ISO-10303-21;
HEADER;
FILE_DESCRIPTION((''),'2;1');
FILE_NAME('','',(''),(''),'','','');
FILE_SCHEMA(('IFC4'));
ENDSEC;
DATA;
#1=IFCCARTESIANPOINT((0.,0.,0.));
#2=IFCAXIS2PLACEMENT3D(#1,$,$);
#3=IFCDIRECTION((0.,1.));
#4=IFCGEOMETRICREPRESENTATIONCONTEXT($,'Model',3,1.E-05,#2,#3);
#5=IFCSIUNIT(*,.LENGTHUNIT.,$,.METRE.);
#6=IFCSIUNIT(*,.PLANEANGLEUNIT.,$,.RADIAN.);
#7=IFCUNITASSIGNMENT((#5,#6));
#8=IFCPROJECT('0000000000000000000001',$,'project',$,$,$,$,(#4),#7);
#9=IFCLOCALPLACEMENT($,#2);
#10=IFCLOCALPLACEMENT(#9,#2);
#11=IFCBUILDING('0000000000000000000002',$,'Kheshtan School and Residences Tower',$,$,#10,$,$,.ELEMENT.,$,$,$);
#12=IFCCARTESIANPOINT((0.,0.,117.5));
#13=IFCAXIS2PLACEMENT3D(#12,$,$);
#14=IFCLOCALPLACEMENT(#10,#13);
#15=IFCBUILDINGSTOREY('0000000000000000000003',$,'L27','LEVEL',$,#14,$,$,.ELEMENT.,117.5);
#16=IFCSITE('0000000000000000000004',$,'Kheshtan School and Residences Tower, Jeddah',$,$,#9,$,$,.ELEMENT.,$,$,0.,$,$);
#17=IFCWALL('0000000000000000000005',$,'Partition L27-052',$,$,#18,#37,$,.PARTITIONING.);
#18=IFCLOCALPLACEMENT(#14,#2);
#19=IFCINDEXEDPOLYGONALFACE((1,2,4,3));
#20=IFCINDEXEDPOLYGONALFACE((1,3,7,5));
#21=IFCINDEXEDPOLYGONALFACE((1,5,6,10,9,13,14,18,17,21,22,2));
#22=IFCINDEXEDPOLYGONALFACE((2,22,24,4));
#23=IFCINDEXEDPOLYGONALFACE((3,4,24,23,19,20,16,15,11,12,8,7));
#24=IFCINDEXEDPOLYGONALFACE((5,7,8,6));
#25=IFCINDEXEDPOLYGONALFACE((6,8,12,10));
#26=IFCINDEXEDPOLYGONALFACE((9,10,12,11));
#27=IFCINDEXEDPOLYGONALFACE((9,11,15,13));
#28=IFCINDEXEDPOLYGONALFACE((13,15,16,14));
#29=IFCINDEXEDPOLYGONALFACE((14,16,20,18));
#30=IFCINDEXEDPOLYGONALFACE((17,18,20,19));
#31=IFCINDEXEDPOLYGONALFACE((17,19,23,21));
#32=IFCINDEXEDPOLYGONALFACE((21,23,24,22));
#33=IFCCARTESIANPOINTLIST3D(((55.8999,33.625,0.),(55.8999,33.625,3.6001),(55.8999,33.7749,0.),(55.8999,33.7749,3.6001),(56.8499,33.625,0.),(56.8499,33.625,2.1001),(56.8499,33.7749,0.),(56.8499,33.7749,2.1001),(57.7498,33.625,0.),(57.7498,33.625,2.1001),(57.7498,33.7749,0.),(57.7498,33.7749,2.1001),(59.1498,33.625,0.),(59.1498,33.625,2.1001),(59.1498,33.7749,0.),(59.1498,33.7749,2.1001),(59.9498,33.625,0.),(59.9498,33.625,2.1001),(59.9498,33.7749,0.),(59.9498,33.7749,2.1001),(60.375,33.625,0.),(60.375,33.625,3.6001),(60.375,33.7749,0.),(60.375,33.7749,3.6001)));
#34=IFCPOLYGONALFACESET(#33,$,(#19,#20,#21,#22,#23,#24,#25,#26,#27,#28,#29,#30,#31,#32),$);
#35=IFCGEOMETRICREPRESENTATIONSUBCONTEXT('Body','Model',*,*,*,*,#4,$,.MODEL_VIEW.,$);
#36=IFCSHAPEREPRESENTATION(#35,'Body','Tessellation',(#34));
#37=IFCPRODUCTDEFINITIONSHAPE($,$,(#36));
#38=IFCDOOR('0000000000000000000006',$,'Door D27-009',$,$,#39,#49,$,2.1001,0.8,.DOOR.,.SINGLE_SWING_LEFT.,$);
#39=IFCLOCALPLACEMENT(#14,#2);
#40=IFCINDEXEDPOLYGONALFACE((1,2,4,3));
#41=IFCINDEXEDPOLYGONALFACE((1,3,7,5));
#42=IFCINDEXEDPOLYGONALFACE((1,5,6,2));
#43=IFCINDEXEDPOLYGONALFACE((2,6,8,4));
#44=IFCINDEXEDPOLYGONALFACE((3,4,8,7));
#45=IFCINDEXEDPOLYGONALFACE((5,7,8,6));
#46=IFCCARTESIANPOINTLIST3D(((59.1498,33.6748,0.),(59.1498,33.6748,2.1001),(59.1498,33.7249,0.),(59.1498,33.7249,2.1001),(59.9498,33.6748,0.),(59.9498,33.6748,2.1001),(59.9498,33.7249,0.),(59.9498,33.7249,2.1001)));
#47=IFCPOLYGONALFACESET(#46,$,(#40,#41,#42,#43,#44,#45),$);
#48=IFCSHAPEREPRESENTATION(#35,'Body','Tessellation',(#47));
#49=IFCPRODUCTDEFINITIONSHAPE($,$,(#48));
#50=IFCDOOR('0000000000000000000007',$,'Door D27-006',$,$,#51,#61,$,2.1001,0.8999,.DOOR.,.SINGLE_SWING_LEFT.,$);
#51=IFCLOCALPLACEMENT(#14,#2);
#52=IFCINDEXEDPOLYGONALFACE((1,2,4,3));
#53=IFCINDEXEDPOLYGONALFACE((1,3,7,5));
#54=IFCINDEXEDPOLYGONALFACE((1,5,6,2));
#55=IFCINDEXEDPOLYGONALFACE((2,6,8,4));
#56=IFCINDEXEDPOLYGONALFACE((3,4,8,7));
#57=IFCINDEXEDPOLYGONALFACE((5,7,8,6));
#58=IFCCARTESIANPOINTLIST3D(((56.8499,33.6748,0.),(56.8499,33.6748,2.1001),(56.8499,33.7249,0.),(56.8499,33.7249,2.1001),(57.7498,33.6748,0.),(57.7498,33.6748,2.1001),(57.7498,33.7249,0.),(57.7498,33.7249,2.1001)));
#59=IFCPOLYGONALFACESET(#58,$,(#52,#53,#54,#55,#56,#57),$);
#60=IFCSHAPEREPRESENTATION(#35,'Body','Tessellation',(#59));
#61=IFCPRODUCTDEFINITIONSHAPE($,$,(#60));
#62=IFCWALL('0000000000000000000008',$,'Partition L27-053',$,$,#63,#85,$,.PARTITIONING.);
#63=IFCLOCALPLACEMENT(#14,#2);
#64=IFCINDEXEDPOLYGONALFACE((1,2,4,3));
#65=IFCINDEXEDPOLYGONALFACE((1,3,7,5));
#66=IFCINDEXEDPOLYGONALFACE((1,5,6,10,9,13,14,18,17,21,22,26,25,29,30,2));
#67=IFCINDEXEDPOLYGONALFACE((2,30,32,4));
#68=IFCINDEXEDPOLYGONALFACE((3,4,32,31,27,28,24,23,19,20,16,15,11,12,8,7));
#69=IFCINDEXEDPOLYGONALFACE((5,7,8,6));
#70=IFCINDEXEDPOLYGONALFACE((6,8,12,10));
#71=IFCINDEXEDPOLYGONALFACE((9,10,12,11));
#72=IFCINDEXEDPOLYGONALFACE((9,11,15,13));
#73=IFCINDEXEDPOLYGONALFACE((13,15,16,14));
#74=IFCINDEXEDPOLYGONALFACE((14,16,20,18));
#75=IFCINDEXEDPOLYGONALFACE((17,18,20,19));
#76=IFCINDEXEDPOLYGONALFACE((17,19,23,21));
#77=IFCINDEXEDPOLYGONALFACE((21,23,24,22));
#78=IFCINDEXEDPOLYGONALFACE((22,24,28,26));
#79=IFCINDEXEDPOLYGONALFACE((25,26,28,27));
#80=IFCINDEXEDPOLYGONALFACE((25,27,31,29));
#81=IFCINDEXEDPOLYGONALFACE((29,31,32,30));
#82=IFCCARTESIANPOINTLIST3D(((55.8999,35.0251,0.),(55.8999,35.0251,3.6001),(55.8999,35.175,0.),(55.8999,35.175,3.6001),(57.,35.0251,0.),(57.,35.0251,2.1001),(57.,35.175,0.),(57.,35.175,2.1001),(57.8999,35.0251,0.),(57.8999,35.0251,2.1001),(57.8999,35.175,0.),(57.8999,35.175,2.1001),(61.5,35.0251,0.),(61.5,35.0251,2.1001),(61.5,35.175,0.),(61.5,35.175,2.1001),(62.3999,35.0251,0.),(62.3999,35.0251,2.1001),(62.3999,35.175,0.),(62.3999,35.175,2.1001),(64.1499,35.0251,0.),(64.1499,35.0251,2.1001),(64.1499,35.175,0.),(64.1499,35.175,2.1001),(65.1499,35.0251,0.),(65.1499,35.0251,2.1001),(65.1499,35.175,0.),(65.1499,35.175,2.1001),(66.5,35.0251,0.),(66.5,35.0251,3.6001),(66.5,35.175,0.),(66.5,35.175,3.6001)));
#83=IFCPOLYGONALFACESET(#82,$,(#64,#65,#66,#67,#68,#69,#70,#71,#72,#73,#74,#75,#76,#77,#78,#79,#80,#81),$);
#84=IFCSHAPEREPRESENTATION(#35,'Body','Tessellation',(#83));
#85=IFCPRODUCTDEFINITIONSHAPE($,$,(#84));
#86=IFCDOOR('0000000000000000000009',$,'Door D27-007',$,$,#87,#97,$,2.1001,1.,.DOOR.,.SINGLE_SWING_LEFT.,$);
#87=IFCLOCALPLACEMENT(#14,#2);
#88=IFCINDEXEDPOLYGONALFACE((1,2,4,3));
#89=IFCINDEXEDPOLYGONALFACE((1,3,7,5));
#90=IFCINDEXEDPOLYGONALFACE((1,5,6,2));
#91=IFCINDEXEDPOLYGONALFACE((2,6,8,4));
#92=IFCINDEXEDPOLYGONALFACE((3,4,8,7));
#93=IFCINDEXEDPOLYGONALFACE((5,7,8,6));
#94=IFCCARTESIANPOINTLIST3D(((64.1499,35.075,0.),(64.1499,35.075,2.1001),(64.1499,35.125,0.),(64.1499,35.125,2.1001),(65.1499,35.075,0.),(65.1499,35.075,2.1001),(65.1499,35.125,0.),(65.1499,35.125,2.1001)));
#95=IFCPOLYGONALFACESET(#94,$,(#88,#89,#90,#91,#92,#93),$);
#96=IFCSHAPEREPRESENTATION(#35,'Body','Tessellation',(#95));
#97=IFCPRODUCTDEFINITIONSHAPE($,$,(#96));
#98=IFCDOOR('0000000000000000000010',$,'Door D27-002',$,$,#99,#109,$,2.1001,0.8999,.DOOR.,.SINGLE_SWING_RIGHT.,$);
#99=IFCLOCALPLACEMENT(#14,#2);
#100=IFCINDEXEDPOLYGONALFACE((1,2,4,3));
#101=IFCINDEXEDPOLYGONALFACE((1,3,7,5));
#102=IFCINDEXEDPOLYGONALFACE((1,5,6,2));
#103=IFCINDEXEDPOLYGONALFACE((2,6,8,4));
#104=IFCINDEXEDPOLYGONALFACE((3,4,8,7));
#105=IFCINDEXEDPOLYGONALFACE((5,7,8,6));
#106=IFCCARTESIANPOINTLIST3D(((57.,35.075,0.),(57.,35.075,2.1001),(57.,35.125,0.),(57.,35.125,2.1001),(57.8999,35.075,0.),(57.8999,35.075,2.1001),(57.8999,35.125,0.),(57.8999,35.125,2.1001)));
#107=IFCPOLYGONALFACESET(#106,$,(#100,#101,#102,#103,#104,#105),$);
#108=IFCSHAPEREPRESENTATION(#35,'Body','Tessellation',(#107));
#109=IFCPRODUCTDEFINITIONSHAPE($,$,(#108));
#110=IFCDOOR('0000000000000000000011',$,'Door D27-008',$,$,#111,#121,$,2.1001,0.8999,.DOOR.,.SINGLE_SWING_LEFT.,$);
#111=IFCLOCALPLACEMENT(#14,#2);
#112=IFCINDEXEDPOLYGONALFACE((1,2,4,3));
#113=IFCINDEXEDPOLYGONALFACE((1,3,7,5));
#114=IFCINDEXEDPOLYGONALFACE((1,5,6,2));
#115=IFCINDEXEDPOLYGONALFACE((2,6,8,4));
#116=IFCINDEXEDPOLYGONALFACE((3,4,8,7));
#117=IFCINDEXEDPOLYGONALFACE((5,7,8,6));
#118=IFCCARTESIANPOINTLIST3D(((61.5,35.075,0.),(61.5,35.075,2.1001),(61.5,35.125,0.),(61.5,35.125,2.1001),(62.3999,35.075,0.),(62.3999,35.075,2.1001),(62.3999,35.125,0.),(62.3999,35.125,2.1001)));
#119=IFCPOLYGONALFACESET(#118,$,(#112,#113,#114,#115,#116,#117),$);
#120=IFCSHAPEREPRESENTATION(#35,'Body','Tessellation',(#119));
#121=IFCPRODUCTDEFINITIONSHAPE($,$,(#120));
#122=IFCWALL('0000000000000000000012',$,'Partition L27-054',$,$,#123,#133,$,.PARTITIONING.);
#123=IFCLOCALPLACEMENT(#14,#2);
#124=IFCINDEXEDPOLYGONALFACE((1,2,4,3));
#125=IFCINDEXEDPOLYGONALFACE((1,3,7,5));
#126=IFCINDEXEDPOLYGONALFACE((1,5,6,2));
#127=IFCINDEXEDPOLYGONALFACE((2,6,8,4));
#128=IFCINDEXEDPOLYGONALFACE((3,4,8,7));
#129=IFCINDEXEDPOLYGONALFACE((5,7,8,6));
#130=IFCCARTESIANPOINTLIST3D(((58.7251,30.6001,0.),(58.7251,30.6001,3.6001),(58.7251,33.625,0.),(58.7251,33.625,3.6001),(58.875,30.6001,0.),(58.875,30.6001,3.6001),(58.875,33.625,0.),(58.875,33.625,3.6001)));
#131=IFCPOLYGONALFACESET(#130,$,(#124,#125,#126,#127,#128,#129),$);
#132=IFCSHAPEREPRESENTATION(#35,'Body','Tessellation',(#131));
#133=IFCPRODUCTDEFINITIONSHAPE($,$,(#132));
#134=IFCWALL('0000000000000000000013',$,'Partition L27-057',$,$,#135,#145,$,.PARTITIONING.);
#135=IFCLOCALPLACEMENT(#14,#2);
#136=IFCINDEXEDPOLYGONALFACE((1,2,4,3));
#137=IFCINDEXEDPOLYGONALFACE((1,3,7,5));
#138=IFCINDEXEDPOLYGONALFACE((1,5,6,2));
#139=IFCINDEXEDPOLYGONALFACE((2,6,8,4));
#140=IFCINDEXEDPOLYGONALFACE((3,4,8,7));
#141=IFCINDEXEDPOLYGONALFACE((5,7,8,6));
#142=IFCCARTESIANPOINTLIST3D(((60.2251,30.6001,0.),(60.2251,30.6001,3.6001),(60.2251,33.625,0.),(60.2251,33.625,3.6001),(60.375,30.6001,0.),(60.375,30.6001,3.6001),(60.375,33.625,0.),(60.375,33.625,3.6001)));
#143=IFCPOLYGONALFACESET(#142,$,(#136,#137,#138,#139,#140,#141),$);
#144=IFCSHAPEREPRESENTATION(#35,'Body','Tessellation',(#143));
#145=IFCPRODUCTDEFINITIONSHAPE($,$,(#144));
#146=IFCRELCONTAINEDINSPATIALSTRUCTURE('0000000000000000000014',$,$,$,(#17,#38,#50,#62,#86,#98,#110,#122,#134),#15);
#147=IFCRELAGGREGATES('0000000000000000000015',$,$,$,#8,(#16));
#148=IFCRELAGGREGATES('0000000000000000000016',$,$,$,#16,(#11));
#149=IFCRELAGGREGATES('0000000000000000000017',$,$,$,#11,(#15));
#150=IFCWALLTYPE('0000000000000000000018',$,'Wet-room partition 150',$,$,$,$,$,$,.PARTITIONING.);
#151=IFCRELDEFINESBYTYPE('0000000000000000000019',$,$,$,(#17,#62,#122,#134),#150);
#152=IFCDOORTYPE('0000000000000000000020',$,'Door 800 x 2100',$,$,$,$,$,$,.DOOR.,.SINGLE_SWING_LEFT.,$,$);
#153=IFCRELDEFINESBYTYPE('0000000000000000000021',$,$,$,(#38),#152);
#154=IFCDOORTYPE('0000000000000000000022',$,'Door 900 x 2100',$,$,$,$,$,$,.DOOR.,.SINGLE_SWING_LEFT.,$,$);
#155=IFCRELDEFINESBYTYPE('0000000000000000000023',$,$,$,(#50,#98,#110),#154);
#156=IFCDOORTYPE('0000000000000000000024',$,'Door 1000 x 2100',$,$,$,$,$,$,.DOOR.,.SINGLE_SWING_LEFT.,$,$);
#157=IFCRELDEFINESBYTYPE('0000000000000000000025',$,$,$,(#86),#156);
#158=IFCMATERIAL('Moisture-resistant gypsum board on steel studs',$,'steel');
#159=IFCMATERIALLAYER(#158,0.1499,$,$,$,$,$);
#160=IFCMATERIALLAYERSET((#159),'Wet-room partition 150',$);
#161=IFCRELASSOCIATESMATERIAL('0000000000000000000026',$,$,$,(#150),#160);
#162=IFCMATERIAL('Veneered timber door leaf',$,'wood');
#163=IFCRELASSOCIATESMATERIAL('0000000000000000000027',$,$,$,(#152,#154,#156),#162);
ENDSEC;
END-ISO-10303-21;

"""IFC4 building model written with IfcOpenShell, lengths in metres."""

from ifc_helpers import new_model, si_unit, direction, frame, frame_2d, origin, place, context, subcontext, project, spatial, rectangle, extrude, source, transform, mapped, material, layer, layer_set, type_object, element, fill, save


model = new_model("IFC4")

# Units and contexts
model_context = context("Model", 3, precision=1e-05, world=origin(), true_north=direction((0.0, 1.0)))
body_context = subcontext(model_context, "Body", "Model", "MODEL_VIEW")
ifc_project = project(units=[si_unit("LENGTHUNIT", "METRE"), si_unit("PLANEANGLEUNIT", "RADIAN")], contexts=[model_context])

# Site, building, storey
site_placement = place(None, origin())
site = spatial("IfcSite", under=ifc_project, at=site_placement, Name="Kheshtan School and Residences Tower, Jeddah", CompositionType="ELEMENT", RefElevation=0.0)
building_placement = place(site_placement, origin())
building = spatial("IfcBuilding", under=site, at=building_placement, Name="Kheshtan School and Residences Tower", CompositionType="ELEMENT")
storey_placement = place(building_placement, frame((0.0, 0.0, 117.5)))
storey = spatial("IfcBuildingStorey", under=building, at=storey_placement, Name="L27", Description="LEVEL", CompositionType="ELEMENT", Elevation=117.5)

# Walls, openings, doors
ifc_material_1 = material(Name="Moisture-resistant gypsum board on steel studs", Category="steel")
ifc_layer_1 = layer(ifc_material_1, 0.1499)
ifc_layer_set_1 = layer_set([ifc_layer_1], Name="Wet-room partition 150")
wall_type_1 = type_object("IfcWallType", Name="Wet-room partition 150", PredefinedType="PARTITIONING", material=ifc_layer_set_1)
wall_1_placement = place(storey_placement, frame((55.8999, 33.7, 0.0), z_axis=(0.0, 0.0, 1.0), x_axis=(1.0, 0.0, 0.0)))
wall_1 = element("IfcWall", 1, at=wall_1_placement, inside=storey, type_object=wall_type_1, Name="Partition L27-052", PredefinedType="PARTITIONING", context=body_context, shape_type="SweptSolid", body=[
    extrude(rectangle(XDim=4.4751, YDim=0.1499, at=frame_2d((2.2375, 0.0))), origin(), (0.0, 0.0, 1.0), 3.6001),
])
opening_1_placement = place(wall_1_placement, frame((0.95, 0.0, 0.0)))
opening_1 = element("IfcOpeningElement", 2, at=opening_1_placement, cuts=wall_1, PredefinedType="OPENING", context=body_context, shape_type="SweptSolid", body=[
    extrude(rectangle(XDim=0.8999, YDim=2.1001, at=frame_2d((0.45, 1.05))), frame((0.0, 0.085, 0.0), z_axis=(0.0, -1.0, 0.0), x_axis=(1.0, 0.0, 0.0)), (0.0, 0.0, 1.0), 0.1699),
])
opening_2_placement = place(wall_1_placement, frame((3.25, 0.0, 0.0)))
opening_2 = element("IfcOpeningElement", 3, at=opening_2_placement, cuts=wall_1, PredefinedType="OPENING", context=body_context, shape_type="SweptSolid", body=[
    extrude(rectangle(XDim=0.8, YDim=2.1001, at=frame_2d((0.3999, 1.05))), frame((0.0, 0.085, 0.0), z_axis=(0.0, -1.0, 0.0), x_axis=(1.0, 0.0, 0.0)), (0.0, 0.0, 1.0), 0.1699),
])
ifc_material_2 = material(Name="Veneered timber door leaf", Category="wood")
door_type_1 = type_object("IfcDoorType", Name="Door 800 x 2100", OperationType="SINGLE_SWING_LEFT", PredefinedType="DOOR", material=ifc_material_2)
shared_shape_1 = source(origin(), body_context, "Body", "SweptSolid", [
    extrude(rectangle(XDim=0.8, YDim=2.1001, at=frame_2d((0.3999, 1.05))), frame((0.0, 0.0249, 0.0), z_axis=(0.0, -1.0, 0.0), x_axis=(1.0, 0.0, 0.0)), (0.0, 0.0, 1.0), 0.05),
])
door_1_placement = place(opening_2_placement, origin())
door_1 = element("IfcDoor", 4, at=door_1_placement, inside=storey, type_object=door_type_1, Name="Door D27-009", OperationType="SINGLE_SWING_LEFT", OverallHeight=2.1001, OverallWidth=0.8, PredefinedType="DOOR", context=body_context, shape_type="MappedRepresentation", body=[
    mapped(shared_shape_1, transform((0.0, 0.0, 0.0), x_axis=(1.0, 0.0, 0.0), y_axis=(0.0, 1.0, 0.0), z_axis=(0.0, 0.0, 1.0), scale=1.0)),
])
fill(opening_2, door_1)
door_type_2 = type_object("IfcDoorType", Name="Door 900 x 2100", OperationType="SINGLE_SWING_LEFT", PredefinedType="DOOR", material=ifc_material_2)
shared_shape_2 = source(origin(), body_context, "Body", "SweptSolid", [
    extrude(rectangle(XDim=0.8999, YDim=2.1001, at=frame_2d((0.45, 1.05))), frame((0.0, 0.0249, 0.0), z_axis=(0.0, -1.0, 0.0), x_axis=(1.0, 0.0, 0.0)), (0.0, 0.0, 1.0), 0.05),
])
door_2_placement = place(opening_1_placement, origin())
door_2 = element("IfcDoor", 5, at=door_2_placement, inside=storey, type_object=door_type_2, Name="Door D27-006", OperationType="SINGLE_SWING_LEFT", OverallHeight=2.1001, OverallWidth=0.8999, PredefinedType="DOOR", context=body_context, shape_type="MappedRepresentation", body=[
    mapped(shared_shape_2, transform((0.0, 0.0, 0.0), x_axis=(1.0, 0.0, 0.0), y_axis=(0.0, 1.0, 0.0), z_axis=(0.0, 0.0, 1.0), scale=1.0)),
])
fill(opening_1, door_2)
wall_2_placement = place(storey_placement, frame((55.8999, 35.1001, 0.0), z_axis=(0.0, 0.0, 1.0), x_axis=(1.0, 0.0, 0.0)))
wall_2 = element("IfcWall", 6, at=wall_2_placement, inside=storey, type_object=wall_type_1, Name="Partition L27-053", PredefinedType="PARTITIONING", context=body_context, shape_type="SweptSolid", body=[
    extrude(rectangle(XDim=10.6001, YDim=0.1499, at=frame_2d((5.3, 0.0))), origin(), (0.0, 0.0, 1.0), 3.6001),
])
opening_3_placement = place(wall_2_placement, frame((1.1001, 0.0, 0.0)))
opening_3 = element("IfcOpeningElement", 7, at=opening_3_placement, cuts=wall_2, PredefinedType="OPENING", context=body_context, shape_type="SweptSolid", body=[
    extrude(rectangle(XDim=0.8999, YDim=2.1001, at=frame_2d((0.45, 1.05))), frame((0.0, 0.085, 0.0), z_axis=(0.0, -1.0, 0.0), x_axis=(1.0, 0.0, 0.0)), (0.0, 0.0, 1.0), 0.1699),
])
opening_4_placement = place(wall_2_placement, frame((8.25, 0.0, 0.0)))
opening_4 = element("IfcOpeningElement", 8, at=opening_4_placement, cuts=wall_2, PredefinedType="OPENING", context=body_context, shape_type="SweptSolid", body=[
    extrude(rectangle(XDim=1.0, YDim=2.1001, at=frame_2d((0.5, 1.05))), frame((0.0, 0.085, 0.0), z_axis=(0.0, -1.0, 0.0), x_axis=(1.0, 0.0, 0.0)), (0.0, 0.0, 1.0), 0.1699),
])
opening_5_placement = place(wall_2_placement, frame((5.6001, 0.0, 0.0)))
opening_5 = element("IfcOpeningElement", 9, at=opening_5_placement, cuts=wall_2, PredefinedType="OPENING", context=body_context, shape_type="SweptSolid", body=[
    extrude(rectangle(XDim=0.8999, YDim=2.1001, at=frame_2d((0.45, 1.05))), frame((0.0, 0.085, 0.0), z_axis=(0.0, -1.0, 0.0), x_axis=(1.0, 0.0, 0.0)), (0.0, 0.0, 1.0), 0.1699),
])
door_type_3 = type_object("IfcDoorType", Name="Door 1000 x 2100", OperationType="SINGLE_SWING_LEFT", PredefinedType="DOOR", material=ifc_material_2)
shared_shape_3 = source(origin(), body_context, "Body", "SweptSolid", [
    extrude(rectangle(XDim=1.0, YDim=2.1001, at=frame_2d((0.5, 1.05))), frame((0.0, 0.0249, 0.0), z_axis=(0.0, -1.0, 0.0), x_axis=(1.0, 0.0, 0.0)), (0.0, 0.0, 1.0), 0.05),
])
door_3_placement = place(opening_4_placement, origin())
door_3 = element("IfcDoor", 10, at=door_3_placement, inside=storey, type_object=door_type_3, Name="Door D27-007", OperationType="SINGLE_SWING_LEFT", OverallHeight=2.1001, OverallWidth=1.0, PredefinedType="DOOR", context=body_context, shape_type="MappedRepresentation", body=[
    mapped(shared_shape_3, transform((0.0, 0.0, 0.0), x_axis=(1.0, 0.0, 0.0), y_axis=(0.0, 1.0, 0.0), z_axis=(0.0, 0.0, 1.0), scale=1.0)),
])
fill(opening_4, door_3)
door_4_placement = place(opening_3_placement, origin())
door_4 = element("IfcDoor", 11, at=door_4_placement, inside=storey, type_object=door_type_2, Name="Door D27-002", OperationType="SINGLE_SWING_RIGHT", OverallHeight=2.1001, OverallWidth=0.8999, PredefinedType="DOOR", context=body_context, shape_type="MappedRepresentation", body=[
    mapped(shared_shape_2, transform((0.0, 0.0, 0.0), x_axis=(1.0, 0.0, 0.0), y_axis=(0.0, 1.0, 0.0), z_axis=(0.0, 0.0, 1.0), scale=1.0)),
])
fill(opening_3, door_4)
door_5_placement = place(opening_5_placement, origin())
door_5 = element("IfcDoor", 12, at=door_5_placement, inside=storey, type_object=door_type_2, Name="Door D27-008", OperationType="SINGLE_SWING_LEFT", OverallHeight=2.1001, OverallWidth=0.8999, PredefinedType="DOOR", context=body_context, shape_type="MappedRepresentation", body=[
    mapped(shared_shape_2, transform((0.0, 0.0, 0.0), x_axis=(1.0, 0.0, 0.0), y_axis=(0.0, 1.0, 0.0), z_axis=(0.0, 0.0, 1.0), scale=1.0)),
])
fill(opening_5, door_5)

# Walls
for number, where, z_axis, x_axis, name in (
    (13, (58.8, 30.6001, 0.0), (0.0, 0.0, 1.0), (0.0, 1.0, 0.0), "Partition L27-054"),
    (14, (60.3, 30.6001, 0.0), (0.0, 0.0, 1.0), (0.0, 1.0, 0.0), "Partition L27-057"),
):
    element("IfcWall", number, at=place(storey_placement, frame(where, z_axis=z_axis, x_axis=x_axis)), inside=storey, type_object=wall_type_1, Name=name, PredefinedType="PARTITIONING", context=body_context, shape_type="SweptSolid", body=[
        extrude(rectangle(XDim=3.0249, YDim=0.1499, at=frame_2d((1.5125, 0.0))), origin(), (0.0, 0.0, 1.0), 3.6001),
    ])

save(model, "model.ifc")
